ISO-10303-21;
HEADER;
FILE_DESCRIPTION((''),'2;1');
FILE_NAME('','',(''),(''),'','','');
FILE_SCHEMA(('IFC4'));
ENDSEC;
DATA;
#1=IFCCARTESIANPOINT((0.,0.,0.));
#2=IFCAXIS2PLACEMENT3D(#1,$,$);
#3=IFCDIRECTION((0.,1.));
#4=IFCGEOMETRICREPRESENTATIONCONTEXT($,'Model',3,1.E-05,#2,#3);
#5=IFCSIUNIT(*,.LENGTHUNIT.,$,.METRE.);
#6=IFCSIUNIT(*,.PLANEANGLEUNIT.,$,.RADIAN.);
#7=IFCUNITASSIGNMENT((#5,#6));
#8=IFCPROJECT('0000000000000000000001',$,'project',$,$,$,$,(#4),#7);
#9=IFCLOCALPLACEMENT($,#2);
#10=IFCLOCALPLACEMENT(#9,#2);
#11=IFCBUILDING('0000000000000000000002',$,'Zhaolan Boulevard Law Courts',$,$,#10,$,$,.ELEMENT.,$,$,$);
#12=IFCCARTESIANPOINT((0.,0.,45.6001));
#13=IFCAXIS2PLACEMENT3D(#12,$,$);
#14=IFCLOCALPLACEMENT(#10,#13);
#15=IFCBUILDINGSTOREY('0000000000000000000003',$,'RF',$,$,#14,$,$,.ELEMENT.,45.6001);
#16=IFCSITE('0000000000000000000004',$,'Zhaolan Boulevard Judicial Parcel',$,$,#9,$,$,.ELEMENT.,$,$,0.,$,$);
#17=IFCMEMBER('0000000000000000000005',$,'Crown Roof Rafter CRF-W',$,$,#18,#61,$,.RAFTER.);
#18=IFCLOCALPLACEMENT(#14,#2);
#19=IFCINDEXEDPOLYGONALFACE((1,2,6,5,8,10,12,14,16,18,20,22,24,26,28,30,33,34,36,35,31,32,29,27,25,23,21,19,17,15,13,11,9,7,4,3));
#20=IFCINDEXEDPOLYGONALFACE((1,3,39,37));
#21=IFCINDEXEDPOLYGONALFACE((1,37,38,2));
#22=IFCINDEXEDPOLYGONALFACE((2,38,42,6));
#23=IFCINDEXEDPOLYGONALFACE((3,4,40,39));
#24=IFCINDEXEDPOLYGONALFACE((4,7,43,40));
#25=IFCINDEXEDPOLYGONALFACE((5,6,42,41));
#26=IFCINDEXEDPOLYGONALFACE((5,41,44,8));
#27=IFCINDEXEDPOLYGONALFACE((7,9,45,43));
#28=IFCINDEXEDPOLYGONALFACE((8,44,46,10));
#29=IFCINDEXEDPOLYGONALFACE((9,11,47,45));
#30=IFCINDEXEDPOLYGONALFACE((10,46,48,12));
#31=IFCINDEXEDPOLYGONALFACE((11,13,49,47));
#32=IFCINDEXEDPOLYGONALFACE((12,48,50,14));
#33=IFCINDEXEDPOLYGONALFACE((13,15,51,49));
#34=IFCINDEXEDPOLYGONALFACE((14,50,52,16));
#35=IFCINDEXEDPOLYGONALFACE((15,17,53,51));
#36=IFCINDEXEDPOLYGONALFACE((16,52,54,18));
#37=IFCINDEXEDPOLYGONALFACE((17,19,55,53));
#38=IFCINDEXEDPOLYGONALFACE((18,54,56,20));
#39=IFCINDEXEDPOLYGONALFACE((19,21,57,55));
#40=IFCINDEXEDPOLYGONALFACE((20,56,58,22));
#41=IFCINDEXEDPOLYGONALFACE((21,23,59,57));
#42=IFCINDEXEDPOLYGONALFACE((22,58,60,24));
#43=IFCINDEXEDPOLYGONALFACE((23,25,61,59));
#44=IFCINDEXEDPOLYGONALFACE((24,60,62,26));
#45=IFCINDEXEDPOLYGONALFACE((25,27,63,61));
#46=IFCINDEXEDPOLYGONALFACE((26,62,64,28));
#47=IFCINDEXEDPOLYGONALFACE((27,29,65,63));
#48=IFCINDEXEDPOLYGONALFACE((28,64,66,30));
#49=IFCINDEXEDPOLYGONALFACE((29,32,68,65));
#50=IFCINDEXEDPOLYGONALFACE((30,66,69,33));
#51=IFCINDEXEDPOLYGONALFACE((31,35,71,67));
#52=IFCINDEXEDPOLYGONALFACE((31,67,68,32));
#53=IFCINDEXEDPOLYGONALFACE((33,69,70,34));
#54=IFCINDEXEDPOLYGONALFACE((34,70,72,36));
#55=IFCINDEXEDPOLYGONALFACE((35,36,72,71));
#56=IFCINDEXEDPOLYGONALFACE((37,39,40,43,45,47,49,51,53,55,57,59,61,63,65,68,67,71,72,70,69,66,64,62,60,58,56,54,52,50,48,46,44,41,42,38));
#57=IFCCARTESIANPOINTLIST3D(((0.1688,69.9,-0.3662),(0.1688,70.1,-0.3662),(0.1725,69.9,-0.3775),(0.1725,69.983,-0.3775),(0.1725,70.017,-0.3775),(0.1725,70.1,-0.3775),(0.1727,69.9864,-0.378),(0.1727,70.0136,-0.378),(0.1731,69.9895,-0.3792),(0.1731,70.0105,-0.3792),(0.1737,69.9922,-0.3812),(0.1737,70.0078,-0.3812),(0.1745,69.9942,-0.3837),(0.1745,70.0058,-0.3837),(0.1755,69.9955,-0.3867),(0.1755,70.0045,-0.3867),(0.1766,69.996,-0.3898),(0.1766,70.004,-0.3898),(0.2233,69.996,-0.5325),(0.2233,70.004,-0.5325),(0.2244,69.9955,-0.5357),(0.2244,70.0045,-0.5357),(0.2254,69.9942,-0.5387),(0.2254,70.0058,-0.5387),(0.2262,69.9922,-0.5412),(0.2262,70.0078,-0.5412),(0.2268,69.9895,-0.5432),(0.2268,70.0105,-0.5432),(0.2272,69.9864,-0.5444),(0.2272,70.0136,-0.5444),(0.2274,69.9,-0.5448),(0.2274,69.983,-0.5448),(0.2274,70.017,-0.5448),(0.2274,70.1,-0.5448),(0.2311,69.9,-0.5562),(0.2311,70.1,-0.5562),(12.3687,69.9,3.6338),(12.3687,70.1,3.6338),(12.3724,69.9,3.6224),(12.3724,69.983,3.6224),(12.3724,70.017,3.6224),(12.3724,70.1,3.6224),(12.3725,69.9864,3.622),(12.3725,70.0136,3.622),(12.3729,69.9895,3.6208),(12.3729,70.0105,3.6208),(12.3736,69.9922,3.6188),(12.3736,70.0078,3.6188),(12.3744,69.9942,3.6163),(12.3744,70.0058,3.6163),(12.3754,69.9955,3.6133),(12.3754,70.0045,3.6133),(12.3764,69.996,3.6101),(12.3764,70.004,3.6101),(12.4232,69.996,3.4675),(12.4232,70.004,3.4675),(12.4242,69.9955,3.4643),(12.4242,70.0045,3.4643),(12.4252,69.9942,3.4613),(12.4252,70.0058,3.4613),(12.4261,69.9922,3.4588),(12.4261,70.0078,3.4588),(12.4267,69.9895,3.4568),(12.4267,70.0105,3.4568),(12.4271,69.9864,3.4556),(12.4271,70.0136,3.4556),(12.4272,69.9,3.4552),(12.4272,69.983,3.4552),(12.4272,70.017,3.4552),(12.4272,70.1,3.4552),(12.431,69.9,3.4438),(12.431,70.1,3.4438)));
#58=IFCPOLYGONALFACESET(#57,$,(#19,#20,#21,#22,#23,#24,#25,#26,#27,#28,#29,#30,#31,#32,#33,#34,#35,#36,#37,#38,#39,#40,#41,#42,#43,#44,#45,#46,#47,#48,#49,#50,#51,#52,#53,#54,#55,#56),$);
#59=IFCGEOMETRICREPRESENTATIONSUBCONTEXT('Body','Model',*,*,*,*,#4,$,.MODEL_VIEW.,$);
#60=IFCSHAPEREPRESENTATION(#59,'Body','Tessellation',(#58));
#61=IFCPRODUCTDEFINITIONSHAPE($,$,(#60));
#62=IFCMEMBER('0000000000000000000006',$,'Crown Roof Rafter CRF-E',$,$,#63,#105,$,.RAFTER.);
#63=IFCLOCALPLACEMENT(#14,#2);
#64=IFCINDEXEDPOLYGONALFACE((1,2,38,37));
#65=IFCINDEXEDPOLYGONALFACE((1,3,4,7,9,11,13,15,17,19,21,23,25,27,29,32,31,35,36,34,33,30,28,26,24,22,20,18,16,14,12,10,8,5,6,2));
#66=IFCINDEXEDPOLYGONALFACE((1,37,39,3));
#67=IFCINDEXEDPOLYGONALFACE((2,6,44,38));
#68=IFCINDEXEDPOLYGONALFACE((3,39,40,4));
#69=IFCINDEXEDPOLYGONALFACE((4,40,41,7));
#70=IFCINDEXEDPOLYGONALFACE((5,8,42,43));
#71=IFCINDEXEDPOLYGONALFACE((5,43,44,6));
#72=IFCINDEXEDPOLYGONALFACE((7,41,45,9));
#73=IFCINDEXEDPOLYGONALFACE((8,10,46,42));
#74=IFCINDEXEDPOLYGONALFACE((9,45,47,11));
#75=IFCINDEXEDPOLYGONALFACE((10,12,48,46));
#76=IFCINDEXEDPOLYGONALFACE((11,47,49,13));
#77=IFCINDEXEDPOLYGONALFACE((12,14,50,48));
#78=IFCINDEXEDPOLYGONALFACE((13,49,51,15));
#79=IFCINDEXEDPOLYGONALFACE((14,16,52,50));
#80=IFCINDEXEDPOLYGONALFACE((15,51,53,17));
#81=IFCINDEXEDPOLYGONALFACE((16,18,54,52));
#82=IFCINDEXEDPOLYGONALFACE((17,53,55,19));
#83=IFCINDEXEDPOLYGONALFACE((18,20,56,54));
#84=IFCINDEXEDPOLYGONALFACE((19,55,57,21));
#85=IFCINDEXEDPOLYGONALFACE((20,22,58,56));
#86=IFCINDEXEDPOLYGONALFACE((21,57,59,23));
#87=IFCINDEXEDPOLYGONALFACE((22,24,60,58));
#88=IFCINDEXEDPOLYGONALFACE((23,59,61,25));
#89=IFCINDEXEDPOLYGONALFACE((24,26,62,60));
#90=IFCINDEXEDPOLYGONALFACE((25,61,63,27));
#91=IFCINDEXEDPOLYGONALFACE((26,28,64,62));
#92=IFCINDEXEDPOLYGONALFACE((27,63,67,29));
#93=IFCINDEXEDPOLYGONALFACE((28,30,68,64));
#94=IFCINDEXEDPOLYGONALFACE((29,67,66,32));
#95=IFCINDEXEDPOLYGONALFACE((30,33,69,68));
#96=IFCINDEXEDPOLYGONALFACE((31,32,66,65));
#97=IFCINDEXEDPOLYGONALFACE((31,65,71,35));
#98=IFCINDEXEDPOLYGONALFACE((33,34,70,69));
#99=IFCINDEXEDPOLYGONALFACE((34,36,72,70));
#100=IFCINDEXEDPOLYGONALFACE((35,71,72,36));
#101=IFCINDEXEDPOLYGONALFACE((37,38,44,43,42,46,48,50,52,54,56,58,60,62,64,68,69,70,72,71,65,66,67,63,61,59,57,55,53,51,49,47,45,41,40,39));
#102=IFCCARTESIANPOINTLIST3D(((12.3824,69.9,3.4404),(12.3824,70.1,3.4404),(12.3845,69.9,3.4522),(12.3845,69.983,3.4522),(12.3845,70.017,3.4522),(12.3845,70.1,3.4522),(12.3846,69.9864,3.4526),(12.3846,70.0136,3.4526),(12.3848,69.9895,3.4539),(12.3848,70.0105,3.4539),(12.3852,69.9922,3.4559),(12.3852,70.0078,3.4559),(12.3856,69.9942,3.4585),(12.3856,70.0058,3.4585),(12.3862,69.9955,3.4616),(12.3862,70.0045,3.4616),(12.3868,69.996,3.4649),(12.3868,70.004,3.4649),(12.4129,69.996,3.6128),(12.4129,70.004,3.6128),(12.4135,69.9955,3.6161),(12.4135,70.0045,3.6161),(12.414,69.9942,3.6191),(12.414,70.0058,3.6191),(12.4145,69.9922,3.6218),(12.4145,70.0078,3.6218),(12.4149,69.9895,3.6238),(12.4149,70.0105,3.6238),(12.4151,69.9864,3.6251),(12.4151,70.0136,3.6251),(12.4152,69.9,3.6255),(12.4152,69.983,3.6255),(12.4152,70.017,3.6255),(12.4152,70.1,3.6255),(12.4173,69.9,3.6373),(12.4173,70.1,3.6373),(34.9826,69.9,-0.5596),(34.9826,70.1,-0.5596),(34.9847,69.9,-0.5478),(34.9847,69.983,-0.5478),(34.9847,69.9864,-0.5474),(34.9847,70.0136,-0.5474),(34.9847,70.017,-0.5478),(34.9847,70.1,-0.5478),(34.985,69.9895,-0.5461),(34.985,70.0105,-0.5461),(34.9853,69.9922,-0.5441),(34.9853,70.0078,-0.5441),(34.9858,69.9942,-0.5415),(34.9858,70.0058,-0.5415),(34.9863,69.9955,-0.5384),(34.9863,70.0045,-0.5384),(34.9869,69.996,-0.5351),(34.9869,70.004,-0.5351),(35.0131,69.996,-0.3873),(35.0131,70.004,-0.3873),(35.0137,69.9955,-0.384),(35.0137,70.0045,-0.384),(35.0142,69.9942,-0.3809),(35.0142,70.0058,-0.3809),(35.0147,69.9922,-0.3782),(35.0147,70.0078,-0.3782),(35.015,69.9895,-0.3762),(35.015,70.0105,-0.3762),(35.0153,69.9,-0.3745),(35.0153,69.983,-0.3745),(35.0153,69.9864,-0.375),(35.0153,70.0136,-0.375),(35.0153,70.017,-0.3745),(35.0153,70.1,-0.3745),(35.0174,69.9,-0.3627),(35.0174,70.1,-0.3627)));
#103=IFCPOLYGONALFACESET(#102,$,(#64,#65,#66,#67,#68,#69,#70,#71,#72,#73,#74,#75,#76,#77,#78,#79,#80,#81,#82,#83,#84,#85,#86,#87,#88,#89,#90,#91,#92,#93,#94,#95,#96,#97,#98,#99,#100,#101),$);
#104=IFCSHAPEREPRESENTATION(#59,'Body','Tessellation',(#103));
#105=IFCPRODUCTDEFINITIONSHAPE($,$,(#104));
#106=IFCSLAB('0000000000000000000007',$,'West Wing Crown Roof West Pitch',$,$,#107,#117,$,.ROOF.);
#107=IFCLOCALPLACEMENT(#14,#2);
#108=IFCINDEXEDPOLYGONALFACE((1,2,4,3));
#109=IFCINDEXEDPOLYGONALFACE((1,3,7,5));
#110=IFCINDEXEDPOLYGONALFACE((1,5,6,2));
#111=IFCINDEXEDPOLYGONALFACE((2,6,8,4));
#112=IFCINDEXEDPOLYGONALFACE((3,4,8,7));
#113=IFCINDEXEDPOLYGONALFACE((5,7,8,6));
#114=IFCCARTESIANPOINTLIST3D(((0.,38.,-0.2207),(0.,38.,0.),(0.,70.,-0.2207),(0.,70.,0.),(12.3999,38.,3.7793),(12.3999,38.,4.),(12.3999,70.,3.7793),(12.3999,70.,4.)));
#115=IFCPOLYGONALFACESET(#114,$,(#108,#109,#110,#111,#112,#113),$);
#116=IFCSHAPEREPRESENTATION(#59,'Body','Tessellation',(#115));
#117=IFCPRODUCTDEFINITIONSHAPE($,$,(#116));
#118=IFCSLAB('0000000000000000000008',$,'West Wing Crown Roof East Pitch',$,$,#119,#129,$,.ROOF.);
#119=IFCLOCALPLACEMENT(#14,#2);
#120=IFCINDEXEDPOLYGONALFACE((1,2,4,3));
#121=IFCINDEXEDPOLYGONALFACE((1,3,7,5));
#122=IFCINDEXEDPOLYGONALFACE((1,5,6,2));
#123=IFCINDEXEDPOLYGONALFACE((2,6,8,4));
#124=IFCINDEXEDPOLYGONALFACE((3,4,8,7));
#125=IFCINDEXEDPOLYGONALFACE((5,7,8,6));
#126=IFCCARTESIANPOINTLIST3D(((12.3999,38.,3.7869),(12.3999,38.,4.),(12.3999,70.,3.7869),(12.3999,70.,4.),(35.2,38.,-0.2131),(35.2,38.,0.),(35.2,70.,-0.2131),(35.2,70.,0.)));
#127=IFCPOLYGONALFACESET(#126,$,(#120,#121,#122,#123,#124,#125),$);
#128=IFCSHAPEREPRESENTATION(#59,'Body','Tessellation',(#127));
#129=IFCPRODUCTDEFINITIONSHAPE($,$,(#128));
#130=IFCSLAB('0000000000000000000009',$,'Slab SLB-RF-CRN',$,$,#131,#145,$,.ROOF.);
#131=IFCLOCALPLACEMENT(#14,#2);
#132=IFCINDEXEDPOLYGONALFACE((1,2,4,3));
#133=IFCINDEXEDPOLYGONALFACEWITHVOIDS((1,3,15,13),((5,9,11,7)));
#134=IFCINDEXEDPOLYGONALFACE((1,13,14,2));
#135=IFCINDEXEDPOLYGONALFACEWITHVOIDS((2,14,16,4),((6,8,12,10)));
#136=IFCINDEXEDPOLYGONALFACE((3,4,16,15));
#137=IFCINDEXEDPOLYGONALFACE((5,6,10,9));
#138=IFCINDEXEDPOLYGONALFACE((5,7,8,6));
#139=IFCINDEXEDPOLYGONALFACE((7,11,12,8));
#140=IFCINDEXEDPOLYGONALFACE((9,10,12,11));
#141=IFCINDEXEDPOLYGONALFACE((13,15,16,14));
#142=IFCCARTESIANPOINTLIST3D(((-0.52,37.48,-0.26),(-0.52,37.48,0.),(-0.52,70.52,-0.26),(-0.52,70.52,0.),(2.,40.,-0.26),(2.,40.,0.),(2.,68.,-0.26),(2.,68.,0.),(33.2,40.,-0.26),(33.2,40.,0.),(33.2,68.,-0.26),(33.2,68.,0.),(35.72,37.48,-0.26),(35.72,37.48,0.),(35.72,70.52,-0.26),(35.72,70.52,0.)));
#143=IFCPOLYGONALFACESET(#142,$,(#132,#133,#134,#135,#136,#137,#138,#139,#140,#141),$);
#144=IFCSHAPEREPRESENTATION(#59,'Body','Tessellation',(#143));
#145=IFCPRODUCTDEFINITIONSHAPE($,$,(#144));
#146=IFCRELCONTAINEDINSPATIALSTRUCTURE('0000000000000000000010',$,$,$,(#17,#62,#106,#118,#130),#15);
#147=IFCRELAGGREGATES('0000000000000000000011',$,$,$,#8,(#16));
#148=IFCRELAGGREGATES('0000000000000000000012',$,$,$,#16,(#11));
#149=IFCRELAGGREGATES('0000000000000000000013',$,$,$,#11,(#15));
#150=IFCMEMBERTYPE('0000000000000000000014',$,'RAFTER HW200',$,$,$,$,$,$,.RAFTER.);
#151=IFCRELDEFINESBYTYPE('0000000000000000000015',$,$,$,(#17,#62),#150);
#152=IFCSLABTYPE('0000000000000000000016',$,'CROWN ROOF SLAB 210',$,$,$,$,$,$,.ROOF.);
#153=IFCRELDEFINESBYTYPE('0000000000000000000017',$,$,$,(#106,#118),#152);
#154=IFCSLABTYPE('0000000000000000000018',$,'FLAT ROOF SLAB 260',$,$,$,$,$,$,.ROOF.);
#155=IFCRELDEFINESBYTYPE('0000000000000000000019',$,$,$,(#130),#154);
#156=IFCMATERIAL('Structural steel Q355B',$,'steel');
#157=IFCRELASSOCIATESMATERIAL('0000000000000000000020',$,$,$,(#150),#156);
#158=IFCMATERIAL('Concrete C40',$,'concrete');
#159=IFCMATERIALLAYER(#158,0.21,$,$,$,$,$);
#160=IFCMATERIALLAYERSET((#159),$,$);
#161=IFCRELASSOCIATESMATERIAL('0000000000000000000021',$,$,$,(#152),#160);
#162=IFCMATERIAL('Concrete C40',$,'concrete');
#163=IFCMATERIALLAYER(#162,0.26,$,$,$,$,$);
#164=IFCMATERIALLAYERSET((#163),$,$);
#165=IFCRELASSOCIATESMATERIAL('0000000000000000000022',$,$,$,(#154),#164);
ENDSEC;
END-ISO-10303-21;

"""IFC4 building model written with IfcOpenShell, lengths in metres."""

from ifc_helpers import new_model, si_unit, direction, frame, origin, origin_2d, place, context, subcontext, project, spatial, polyline, i_section, outline, extrude, material, layer, layer_set, material_profile, profile_set, type_object, element, save


model = new_model("IFC4")

# Units and contexts
model_context = context("Model", 3, precision=1e-05, world=origin(), true_north=direction((0.0, 1.0)))
body_context = subcontext(model_context, "Body", "Model", "MODEL_VIEW")
ifc_project = project(units=[si_unit("LENGTHUNIT", "METRE"), si_unit("PLANEANGLEUNIT", "RADIAN")], contexts=[model_context])

# Site, building, storey
site_placement = place(None, origin())
site = spatial("IfcSite", under=ifc_project, at=site_placement, Name="Zhaolan Boulevard Judicial Parcel", CompositionType="ELEMENT", RefElevation=0.0)
building_placement = place(site_placement, origin())
building = spatial("IfcBuilding", under=site, at=building_placement, Name="Zhaolan Boulevard Law Courts", CompositionType="ELEMENT")
storey_placement = place(building_placement, frame((0.0, 0.0, 45.6001)))
storey = spatial("IfcBuildingStorey", under=building, at=storey_placement, Name="RF", CompositionType="ELEMENT", Elevation=45.6001)

# Members
ifc_material_1 = material(Name="Structural steel Q355B", Category="steel")
ifc_material_profile = material_profile(ifc_material_1, i_section(OverallWidth=0.2, OverallDepth=0.2, WebThickness=0.0081, FlangeThickness=0.012, FilletRadius=0.0129, at=origin_2d()), Name="HW200x200")
ifc_profile_set = profile_set([ifc_material_profile], Name="Structural steel Q355B")
member_type = type_object("IfcMemberType", Name="RAFTER HW200", PredefinedType="RAFTER", material=ifc_profile_set)
member_1_placement = place(storey_placement, frame((0.2, 70.0, -0.4612), z_axis=(0.950229, 0.0, 0.311552), x_axis=(0.0, 1.0, 0.0)))
element("IfcMember", 1, at=member_1_placement, inside=storey, type_object=member_type, Name="Crown Roof Rafter CRF-W", PredefinedType="RAFTER", context=body_context, shape_type="SweptSolid", body=[
    extrude(i_section(OverallWidth=0.2, OverallDepth=0.2, WebThickness=0.0081, FlangeThickness=0.012, FilletRadius=0.0129, at=origin_2d()), origin(), (0.0, 0.0, 1.0), 12.8389),
])
member_2_placement = place(storey_placement, frame((35.0, 70.0, -0.4612), z_axis=(-0.984696, 0.0, 0.174282), x_axis=(0.0, -1.0, 0.0)))
element("IfcMember", 2, at=member_2_placement, inside=storey, type_object=member_type, Name="Crown Roof Rafter CRF-E", PredefinedType="RAFTER", context=body_context, shape_type="SweptSolid", body=[
    extrude(i_section(OverallWidth=0.2, OverallDepth=0.2, WebThickness=0.0081, FlangeThickness=0.012, FilletRadius=0.0129, at=origin_2d()), origin(), (0.0, 0.0, 1.0), 22.9514),
])

# Slabs
ifc_material_2 = material(Name="Concrete C40", Category="concrete")
ifc_layer_1 = layer(ifc_material_2, 0.21)
ifc_layer_set_1 = layer_set([ifc_layer_1])
slab_type_1 = type_object("IfcSlabType", Name="CROWN ROOF SLAB 210", PredefinedType="ROOF", material=ifc_layer_set_1)
slab_1_placement = place(storey_placement, frame((0.0, 70.0, 0.0), z_axis=(0.0, -1.0, 0.0), x_axis=(1.0, 0.0, 0.0)))
element("IfcSlab", 3, at=slab_1_placement, inside=storey, type_object=slab_type_1, Name="West Wing Crown Roof West Pitch", PredefinedType="ROOF", context=body_context, shape_type="SweptSolid", body=[
    extrude(outline(polyline([(0.0, 0.0), (12.3999, 4.0), (12.3999, 3.7793), (0.0, -0.2207), (0.0, 0.0)])), origin(), (0.0, 0.0, 1.0), 32.0),
])
slab_2_placement = place(storey_placement, frame((12.3999, 70.0, 0.0), z_axis=(0.0, -1.0, 0.0), x_axis=(1.0, 0.0, 0.0)))
element("IfcSlab", 4, at=slab_2_placement, inside=storey, type_object=slab_type_1, Name="West Wing Crown Roof East Pitch", PredefinedType="ROOF", context=body_context, shape_type="SweptSolid", body=[
    extrude(outline(polyline([(0.0, 4.0), (22.8, 0.0), (22.8, -0.2131), (0.0, 3.7869), (0.0, 4.0)])), origin(), (0.0, 0.0, 1.0), 32.0),
])
ifc_material_3 = material(Name="Concrete C40", Category="concrete")
ifc_layer_2 = layer(ifc_material_3, 0.26)
ifc_layer_set_2 = layer_set([ifc_layer_2])
slab_type_2 = type_object("IfcSlabType", Name="FLAT ROOF SLAB 260", PredefinedType="ROOF", material=ifc_layer_set_2)
slab_3_placement = place(storey_placement, frame((0.0, 0.0, -0.26)))
element("IfcSlab", 5, at=slab_3_placement, inside=storey, type_object=slab_type_2, Name="Slab SLB-RF-CRN", PredefinedType="ROOF", context=body_context, shape_type="SweptSolid", body=[
    extrude(outline(polyline([(-0.52, 37.48), (35.72, 37.48), (35.72, 70.52), (-0.52, 70.52), (-0.52, 37.48)]), holes=[polyline([(2.0, 40.0), (33.2, 40.0), (33.2, 68.0), (2.0, 68.0), (2.0, 40.0)])]), origin(), (0.0, 0.0, 1.0), 0.26),
])

save(model, "model.ifc")
